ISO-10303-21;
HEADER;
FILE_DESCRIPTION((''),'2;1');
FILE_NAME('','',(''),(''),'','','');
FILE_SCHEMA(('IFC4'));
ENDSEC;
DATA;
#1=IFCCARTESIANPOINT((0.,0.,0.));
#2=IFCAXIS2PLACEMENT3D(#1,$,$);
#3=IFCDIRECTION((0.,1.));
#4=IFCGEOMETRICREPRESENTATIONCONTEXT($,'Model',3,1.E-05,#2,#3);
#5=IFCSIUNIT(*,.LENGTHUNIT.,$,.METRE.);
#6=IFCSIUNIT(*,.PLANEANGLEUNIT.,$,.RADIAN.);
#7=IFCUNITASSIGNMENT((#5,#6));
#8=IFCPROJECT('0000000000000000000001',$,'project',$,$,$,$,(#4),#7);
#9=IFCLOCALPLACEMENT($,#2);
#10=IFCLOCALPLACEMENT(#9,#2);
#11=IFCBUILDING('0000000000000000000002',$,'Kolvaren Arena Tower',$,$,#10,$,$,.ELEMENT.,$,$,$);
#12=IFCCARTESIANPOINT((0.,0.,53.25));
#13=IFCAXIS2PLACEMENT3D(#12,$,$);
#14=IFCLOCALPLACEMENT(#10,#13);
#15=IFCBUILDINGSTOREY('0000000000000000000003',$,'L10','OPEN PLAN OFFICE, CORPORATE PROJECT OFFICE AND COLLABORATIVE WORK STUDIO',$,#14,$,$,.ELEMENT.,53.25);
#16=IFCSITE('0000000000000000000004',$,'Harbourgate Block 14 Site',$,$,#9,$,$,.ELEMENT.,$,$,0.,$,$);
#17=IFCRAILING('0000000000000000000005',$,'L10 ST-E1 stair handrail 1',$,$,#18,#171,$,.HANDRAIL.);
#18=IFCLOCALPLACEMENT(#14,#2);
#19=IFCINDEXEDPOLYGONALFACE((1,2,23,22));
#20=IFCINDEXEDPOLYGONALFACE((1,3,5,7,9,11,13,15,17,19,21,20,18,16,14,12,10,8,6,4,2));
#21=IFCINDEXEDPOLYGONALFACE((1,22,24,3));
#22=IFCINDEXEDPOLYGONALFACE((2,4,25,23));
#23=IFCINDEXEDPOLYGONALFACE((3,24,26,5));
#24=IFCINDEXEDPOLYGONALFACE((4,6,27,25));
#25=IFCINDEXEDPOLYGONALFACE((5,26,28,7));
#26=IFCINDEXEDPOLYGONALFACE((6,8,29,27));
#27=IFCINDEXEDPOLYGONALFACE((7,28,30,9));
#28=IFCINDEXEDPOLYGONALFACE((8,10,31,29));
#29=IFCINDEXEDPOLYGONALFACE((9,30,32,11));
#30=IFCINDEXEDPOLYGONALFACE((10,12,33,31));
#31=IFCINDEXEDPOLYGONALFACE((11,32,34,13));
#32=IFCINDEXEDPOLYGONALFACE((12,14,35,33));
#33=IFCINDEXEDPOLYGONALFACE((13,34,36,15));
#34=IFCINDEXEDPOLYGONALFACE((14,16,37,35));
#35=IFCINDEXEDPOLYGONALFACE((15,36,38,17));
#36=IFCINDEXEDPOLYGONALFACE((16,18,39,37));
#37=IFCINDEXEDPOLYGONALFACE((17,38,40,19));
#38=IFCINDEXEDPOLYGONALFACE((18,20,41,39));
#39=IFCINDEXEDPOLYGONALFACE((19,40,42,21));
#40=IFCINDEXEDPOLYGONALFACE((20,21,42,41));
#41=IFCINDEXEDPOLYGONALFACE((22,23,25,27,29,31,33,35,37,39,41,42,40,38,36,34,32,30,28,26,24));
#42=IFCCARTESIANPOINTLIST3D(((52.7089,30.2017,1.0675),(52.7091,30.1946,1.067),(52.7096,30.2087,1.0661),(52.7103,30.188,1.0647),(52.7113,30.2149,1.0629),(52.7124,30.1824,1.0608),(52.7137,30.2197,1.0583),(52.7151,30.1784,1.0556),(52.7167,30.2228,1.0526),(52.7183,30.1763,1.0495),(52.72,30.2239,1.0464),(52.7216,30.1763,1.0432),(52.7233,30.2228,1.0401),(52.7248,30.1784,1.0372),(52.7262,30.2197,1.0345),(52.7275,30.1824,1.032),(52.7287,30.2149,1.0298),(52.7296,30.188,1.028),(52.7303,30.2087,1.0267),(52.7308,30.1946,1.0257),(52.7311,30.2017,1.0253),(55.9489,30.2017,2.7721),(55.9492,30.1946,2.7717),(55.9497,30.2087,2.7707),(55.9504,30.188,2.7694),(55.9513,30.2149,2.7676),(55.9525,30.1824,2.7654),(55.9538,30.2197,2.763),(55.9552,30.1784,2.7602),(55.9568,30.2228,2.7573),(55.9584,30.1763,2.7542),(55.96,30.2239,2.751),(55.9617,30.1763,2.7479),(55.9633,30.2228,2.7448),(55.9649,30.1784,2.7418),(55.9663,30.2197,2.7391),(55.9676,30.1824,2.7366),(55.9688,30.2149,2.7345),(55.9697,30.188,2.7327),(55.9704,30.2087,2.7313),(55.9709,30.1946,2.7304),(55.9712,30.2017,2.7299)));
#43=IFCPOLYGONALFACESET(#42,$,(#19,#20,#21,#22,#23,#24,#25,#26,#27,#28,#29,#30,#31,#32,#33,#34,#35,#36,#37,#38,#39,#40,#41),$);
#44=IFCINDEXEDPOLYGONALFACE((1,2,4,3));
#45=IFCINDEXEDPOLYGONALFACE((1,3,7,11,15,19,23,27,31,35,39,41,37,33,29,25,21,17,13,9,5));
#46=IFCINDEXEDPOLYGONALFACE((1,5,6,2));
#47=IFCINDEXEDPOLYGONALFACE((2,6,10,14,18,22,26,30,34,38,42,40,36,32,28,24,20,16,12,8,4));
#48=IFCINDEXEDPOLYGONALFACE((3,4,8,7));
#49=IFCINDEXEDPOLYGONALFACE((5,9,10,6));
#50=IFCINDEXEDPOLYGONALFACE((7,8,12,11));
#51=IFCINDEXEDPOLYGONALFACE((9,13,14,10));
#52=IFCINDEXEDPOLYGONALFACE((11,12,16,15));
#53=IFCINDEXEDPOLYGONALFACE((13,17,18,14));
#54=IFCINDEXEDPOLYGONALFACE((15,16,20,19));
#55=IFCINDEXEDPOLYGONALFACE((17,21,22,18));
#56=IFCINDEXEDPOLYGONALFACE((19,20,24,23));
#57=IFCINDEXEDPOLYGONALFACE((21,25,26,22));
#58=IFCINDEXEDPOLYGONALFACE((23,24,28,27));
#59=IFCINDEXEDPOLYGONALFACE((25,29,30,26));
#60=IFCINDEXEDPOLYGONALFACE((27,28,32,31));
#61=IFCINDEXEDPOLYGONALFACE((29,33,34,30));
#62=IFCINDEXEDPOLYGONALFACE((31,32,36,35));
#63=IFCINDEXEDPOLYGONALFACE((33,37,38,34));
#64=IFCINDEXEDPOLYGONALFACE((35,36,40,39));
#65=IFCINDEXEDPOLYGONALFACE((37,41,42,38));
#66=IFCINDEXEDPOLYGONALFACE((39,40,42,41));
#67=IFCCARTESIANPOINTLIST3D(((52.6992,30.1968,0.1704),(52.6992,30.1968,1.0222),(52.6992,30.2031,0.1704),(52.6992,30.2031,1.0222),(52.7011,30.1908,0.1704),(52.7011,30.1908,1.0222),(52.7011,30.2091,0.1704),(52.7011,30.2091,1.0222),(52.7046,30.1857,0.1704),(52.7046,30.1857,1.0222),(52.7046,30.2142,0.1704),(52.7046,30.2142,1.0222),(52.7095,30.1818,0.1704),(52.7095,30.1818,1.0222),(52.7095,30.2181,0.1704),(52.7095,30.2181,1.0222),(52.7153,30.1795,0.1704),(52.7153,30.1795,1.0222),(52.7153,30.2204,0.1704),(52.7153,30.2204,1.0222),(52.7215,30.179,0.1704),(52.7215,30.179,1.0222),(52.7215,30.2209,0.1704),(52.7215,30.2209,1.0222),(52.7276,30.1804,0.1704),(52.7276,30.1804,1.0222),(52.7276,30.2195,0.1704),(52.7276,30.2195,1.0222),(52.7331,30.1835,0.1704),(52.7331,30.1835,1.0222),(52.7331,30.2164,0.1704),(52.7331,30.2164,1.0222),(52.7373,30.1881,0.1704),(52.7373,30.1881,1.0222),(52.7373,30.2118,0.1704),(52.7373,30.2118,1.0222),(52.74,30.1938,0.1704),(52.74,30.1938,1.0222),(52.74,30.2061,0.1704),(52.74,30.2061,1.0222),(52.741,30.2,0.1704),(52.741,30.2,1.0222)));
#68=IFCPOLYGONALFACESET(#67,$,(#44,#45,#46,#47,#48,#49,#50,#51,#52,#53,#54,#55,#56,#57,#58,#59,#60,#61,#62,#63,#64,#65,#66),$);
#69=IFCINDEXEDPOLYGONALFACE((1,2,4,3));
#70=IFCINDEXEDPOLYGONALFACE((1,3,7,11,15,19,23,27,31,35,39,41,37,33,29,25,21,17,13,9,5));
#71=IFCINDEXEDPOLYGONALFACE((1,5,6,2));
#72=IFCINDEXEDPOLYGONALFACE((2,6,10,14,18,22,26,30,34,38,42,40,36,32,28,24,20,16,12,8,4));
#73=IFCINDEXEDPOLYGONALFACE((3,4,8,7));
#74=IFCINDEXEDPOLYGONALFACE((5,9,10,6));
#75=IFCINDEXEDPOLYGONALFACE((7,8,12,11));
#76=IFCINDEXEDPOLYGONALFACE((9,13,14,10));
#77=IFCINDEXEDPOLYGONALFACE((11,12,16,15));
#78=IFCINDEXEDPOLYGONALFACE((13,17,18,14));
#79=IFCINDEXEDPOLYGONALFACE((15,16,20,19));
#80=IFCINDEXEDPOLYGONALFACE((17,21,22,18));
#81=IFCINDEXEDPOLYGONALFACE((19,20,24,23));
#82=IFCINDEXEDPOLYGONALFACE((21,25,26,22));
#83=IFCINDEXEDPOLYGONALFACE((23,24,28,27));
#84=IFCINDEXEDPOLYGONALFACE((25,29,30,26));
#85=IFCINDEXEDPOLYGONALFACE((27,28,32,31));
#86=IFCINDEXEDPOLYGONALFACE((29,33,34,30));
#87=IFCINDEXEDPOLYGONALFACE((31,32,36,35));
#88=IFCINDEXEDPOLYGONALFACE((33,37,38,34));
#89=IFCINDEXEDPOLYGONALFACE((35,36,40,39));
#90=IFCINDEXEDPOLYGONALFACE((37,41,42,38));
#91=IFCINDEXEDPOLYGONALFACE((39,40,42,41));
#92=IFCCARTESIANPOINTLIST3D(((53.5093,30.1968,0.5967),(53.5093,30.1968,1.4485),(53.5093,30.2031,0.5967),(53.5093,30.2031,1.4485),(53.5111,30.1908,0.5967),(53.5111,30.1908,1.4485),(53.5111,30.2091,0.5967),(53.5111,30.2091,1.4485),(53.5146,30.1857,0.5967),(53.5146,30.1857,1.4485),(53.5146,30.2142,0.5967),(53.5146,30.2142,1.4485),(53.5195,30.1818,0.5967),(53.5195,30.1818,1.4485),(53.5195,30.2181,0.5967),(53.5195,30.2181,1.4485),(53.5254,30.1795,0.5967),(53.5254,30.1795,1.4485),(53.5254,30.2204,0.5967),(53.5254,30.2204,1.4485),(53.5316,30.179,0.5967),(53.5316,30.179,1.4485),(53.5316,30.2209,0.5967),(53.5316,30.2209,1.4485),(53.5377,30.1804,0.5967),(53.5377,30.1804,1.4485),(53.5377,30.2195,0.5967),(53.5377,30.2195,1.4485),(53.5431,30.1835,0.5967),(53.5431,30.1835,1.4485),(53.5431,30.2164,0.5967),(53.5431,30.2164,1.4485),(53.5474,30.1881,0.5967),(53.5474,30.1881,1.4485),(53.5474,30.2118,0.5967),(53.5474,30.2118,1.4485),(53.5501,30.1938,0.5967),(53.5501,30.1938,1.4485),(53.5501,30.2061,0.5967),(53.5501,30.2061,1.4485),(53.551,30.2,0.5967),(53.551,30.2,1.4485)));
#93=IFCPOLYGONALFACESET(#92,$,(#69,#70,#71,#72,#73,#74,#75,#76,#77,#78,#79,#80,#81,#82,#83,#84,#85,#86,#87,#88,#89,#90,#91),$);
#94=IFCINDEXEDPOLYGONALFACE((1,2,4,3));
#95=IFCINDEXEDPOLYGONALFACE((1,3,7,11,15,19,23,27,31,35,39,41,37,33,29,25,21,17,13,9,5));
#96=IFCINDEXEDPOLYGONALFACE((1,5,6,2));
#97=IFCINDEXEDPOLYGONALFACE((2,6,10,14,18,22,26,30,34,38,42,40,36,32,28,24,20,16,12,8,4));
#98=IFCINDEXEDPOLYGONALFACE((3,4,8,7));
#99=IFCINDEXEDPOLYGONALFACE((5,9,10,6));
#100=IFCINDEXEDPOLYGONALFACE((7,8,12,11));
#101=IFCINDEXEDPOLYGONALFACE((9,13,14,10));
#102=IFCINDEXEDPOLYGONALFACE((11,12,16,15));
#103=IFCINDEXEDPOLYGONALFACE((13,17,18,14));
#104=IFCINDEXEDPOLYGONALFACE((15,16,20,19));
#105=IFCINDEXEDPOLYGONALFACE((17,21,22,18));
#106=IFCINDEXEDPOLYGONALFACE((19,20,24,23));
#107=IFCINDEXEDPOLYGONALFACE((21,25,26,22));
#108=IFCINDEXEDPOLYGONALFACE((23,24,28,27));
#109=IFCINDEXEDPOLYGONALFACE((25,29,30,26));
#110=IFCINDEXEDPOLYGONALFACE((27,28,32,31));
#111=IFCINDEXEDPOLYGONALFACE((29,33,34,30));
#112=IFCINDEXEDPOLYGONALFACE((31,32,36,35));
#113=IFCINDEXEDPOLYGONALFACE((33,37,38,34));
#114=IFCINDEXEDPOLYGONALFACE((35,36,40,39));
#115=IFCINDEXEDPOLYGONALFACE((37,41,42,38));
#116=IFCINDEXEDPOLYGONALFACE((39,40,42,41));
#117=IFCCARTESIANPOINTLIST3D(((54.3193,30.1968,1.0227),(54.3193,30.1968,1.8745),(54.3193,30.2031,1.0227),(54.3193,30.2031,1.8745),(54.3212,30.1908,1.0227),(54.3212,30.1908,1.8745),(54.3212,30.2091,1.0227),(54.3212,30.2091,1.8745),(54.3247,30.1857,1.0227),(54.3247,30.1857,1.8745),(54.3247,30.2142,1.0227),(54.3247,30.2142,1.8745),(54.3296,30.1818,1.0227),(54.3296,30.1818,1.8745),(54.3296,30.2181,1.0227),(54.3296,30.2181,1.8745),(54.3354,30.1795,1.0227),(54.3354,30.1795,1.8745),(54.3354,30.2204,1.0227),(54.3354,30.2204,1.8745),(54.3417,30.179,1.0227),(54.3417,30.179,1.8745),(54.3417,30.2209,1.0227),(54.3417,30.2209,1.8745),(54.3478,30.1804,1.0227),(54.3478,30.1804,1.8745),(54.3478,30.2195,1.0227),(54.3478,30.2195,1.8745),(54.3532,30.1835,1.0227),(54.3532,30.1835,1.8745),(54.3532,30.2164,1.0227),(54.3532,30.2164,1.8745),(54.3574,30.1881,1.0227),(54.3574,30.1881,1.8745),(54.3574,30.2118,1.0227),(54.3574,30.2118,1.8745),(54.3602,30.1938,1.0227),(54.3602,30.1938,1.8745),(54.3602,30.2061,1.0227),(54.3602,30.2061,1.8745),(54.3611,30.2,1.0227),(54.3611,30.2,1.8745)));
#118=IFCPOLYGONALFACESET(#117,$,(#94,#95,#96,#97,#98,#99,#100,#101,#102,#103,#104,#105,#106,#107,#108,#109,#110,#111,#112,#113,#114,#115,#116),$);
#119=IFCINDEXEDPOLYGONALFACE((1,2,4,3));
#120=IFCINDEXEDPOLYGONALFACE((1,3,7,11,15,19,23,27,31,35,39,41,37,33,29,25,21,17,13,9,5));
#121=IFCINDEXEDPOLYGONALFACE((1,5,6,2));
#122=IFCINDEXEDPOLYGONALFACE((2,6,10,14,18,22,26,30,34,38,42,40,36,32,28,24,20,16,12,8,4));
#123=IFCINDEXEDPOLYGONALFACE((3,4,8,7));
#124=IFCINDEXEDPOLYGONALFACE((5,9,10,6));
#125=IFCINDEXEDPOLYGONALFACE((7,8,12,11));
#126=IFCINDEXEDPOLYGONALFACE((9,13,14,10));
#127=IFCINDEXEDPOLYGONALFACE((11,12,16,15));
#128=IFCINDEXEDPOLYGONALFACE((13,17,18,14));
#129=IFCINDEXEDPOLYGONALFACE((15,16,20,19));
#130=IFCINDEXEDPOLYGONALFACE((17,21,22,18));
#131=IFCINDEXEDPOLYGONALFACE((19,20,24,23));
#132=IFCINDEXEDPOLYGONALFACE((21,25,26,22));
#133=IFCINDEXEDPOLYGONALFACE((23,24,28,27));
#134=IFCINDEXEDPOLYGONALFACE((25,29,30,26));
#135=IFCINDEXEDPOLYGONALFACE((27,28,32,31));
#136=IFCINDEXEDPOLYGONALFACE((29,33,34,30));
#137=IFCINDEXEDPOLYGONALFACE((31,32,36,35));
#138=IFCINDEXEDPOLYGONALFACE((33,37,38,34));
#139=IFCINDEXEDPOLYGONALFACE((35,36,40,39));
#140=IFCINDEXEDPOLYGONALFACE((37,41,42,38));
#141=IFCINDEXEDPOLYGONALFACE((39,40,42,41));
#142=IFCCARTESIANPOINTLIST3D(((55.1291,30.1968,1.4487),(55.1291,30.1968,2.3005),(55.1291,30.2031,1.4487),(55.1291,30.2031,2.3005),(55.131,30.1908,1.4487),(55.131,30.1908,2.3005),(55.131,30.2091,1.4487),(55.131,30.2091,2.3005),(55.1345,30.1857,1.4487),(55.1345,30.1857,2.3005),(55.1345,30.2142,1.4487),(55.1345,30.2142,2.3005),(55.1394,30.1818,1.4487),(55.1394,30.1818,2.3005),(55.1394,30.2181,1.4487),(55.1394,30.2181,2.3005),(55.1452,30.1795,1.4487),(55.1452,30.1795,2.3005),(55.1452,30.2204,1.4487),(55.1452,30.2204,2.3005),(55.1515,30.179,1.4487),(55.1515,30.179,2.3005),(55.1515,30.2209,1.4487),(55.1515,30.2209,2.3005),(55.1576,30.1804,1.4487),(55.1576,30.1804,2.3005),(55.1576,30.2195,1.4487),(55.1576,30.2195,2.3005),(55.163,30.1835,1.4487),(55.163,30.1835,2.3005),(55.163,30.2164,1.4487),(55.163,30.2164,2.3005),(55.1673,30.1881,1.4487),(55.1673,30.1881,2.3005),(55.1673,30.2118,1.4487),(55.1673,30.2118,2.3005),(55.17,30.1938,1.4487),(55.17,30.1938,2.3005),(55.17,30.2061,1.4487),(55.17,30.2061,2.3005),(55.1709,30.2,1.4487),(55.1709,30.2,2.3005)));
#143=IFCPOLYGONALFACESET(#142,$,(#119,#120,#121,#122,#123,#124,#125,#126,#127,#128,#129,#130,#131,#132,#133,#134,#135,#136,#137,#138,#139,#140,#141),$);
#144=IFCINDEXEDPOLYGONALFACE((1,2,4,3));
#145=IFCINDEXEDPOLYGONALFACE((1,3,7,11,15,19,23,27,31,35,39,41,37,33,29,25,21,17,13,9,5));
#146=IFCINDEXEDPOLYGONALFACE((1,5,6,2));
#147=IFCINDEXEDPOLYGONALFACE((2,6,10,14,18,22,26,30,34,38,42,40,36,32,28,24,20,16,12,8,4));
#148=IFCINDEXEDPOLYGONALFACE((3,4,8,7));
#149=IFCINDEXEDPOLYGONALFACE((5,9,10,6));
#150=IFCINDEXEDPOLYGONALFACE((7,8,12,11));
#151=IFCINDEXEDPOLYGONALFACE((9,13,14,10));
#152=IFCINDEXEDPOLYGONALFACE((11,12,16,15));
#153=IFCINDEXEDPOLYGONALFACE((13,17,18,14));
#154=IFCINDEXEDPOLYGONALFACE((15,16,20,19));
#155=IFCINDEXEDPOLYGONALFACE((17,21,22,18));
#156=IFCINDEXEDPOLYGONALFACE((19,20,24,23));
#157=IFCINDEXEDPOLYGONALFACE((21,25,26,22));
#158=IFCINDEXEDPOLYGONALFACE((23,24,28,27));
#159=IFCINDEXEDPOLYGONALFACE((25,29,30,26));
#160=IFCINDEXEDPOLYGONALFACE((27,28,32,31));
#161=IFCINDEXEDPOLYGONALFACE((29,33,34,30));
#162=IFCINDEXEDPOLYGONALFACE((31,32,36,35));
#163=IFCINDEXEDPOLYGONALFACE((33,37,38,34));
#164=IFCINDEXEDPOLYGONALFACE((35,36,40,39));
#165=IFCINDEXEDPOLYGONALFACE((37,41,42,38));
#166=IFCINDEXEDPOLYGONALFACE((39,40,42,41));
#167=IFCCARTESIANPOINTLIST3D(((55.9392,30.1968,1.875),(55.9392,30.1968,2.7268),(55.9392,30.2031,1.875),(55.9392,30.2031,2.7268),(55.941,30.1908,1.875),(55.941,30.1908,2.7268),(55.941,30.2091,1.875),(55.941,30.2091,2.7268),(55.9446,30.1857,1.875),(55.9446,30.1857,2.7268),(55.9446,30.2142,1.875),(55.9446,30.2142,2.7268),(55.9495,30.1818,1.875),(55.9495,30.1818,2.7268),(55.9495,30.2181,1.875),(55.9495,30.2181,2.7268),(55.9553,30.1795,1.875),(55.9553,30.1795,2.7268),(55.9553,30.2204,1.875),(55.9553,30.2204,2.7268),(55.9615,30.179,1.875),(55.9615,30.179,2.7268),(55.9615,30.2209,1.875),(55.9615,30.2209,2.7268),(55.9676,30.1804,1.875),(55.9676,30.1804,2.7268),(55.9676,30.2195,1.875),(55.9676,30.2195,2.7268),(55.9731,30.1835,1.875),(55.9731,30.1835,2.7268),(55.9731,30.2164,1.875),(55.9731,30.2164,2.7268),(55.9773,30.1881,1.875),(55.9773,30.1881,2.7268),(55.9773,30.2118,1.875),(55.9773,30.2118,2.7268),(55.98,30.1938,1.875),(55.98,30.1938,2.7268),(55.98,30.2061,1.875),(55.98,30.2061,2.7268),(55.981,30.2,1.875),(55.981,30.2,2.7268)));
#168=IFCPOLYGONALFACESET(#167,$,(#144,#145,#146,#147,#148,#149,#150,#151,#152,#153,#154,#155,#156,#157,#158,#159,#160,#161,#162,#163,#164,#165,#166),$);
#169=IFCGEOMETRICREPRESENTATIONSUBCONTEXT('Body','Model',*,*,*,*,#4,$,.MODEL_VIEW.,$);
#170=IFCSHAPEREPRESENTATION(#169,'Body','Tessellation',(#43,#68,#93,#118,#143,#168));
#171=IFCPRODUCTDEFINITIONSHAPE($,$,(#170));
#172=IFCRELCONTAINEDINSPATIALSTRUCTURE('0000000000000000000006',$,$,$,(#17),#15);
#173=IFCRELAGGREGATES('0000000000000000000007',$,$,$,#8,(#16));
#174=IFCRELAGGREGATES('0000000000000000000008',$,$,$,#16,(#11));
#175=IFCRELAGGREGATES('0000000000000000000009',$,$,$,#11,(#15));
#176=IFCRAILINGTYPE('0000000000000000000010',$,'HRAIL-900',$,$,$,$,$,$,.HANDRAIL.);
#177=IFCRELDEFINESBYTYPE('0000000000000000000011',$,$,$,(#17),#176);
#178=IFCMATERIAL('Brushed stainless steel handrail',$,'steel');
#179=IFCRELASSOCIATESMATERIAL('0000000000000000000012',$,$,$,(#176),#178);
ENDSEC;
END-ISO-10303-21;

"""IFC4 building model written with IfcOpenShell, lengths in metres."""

from ifc_helpers import new_model, si_unit, direction, frame, origin, origin_2d, place, context, subcontext, project, spatial, circle, extrude, material, type_object, element, save


model = new_model("IFC4")

# Units and contexts
model_context = context("Model", 3, precision=1e-05, world=origin(), true_north=direction((0.0, 1.0)))
body_context = subcontext(model_context, "Body", "Model", "MODEL_VIEW")
ifc_project = project(units=[si_unit("LENGTHUNIT", "METRE"), si_unit("PLANEANGLEUNIT", "RADIAN")], contexts=[model_context])

# Site, building, storey
site_placement = place(None, origin())
site = spatial("IfcSite", under=ifc_project, at=site_placement, Name="Harbourgate Block 14 Site", CompositionType="ELEMENT", RefElevation=0.0)
building_placement = place(site_placement, origin())
building = spatial("IfcBuilding", under=site, at=building_placement, Name="Kolvaren Arena Tower", CompositionType="ELEMENT")
storey_placement = place(building_placement, frame((0.0, 0.0, 53.25)))
storey = spatial("IfcBuildingStorey", under=building, at=storey_placement, Name="L10", Description="OPEN PLAN OFFICE, CORPORATE PROJECT OFFICE AND COLLABORATIVE WORK STUDIO", CompositionType="ELEMENT", Elevation=53.25)

# Railing
ifc_material_1 = material(Name="Brushed stainless steel handrail", Category="steel")
railing_type_1 = type_object("IfcRailingType", Name="HRAIL-900", PredefinedType="HANDRAIL", material=ifc_material_1)
for number, where, name in (
    (1, (52.72, 30.2, 0.1704), "L10 ST-E1 stair handrail 1"),
):
    element("IfcRailing", number, at=place(storey_placement, frame(where)), inside=storey, type_object=railing_type_1, Name=name, PredefinedType="HANDRAIL", context=body_context, shape_type="SweptSolid", body=[
        extrude(circle(Radius=0.0239, at=origin_2d()), frame((0.0, 0.0, 0.876), z_axis=(0.884993, 0.0, 0.465604), x_axis=(0.0, 1.0, 0.0)), (0.0, 0.0, 1.0), 3.6611),
        extrude(circle(Radius=0.021, at=origin_2d()), origin(), (0.0, 0.0, 1.0), 0.8518),
        extrude(circle(Radius=0.021, at=origin_2d()), frame((0.8101, 0.0, 0.4263)), (0.0, 0.0, 1.0), 0.8518),
        extrude(circle(Radius=0.021, at=origin_2d()), frame((1.6201, 0.0, 0.8523)), (0.0, 0.0, 1.0), 0.8518),
        extrude(circle(Radius=0.021, at=origin_2d()), frame((2.4299, 0.0, 1.2783)), (0.0, 0.0, 1.0), 0.8518),
        extrude(circle(Radius=0.021, at=origin_2d()), frame((3.24, 0.0, 1.7046)), (0.0, 0.0, 1.0), 0.8518),
    ])

save(model, "model.ifc")
